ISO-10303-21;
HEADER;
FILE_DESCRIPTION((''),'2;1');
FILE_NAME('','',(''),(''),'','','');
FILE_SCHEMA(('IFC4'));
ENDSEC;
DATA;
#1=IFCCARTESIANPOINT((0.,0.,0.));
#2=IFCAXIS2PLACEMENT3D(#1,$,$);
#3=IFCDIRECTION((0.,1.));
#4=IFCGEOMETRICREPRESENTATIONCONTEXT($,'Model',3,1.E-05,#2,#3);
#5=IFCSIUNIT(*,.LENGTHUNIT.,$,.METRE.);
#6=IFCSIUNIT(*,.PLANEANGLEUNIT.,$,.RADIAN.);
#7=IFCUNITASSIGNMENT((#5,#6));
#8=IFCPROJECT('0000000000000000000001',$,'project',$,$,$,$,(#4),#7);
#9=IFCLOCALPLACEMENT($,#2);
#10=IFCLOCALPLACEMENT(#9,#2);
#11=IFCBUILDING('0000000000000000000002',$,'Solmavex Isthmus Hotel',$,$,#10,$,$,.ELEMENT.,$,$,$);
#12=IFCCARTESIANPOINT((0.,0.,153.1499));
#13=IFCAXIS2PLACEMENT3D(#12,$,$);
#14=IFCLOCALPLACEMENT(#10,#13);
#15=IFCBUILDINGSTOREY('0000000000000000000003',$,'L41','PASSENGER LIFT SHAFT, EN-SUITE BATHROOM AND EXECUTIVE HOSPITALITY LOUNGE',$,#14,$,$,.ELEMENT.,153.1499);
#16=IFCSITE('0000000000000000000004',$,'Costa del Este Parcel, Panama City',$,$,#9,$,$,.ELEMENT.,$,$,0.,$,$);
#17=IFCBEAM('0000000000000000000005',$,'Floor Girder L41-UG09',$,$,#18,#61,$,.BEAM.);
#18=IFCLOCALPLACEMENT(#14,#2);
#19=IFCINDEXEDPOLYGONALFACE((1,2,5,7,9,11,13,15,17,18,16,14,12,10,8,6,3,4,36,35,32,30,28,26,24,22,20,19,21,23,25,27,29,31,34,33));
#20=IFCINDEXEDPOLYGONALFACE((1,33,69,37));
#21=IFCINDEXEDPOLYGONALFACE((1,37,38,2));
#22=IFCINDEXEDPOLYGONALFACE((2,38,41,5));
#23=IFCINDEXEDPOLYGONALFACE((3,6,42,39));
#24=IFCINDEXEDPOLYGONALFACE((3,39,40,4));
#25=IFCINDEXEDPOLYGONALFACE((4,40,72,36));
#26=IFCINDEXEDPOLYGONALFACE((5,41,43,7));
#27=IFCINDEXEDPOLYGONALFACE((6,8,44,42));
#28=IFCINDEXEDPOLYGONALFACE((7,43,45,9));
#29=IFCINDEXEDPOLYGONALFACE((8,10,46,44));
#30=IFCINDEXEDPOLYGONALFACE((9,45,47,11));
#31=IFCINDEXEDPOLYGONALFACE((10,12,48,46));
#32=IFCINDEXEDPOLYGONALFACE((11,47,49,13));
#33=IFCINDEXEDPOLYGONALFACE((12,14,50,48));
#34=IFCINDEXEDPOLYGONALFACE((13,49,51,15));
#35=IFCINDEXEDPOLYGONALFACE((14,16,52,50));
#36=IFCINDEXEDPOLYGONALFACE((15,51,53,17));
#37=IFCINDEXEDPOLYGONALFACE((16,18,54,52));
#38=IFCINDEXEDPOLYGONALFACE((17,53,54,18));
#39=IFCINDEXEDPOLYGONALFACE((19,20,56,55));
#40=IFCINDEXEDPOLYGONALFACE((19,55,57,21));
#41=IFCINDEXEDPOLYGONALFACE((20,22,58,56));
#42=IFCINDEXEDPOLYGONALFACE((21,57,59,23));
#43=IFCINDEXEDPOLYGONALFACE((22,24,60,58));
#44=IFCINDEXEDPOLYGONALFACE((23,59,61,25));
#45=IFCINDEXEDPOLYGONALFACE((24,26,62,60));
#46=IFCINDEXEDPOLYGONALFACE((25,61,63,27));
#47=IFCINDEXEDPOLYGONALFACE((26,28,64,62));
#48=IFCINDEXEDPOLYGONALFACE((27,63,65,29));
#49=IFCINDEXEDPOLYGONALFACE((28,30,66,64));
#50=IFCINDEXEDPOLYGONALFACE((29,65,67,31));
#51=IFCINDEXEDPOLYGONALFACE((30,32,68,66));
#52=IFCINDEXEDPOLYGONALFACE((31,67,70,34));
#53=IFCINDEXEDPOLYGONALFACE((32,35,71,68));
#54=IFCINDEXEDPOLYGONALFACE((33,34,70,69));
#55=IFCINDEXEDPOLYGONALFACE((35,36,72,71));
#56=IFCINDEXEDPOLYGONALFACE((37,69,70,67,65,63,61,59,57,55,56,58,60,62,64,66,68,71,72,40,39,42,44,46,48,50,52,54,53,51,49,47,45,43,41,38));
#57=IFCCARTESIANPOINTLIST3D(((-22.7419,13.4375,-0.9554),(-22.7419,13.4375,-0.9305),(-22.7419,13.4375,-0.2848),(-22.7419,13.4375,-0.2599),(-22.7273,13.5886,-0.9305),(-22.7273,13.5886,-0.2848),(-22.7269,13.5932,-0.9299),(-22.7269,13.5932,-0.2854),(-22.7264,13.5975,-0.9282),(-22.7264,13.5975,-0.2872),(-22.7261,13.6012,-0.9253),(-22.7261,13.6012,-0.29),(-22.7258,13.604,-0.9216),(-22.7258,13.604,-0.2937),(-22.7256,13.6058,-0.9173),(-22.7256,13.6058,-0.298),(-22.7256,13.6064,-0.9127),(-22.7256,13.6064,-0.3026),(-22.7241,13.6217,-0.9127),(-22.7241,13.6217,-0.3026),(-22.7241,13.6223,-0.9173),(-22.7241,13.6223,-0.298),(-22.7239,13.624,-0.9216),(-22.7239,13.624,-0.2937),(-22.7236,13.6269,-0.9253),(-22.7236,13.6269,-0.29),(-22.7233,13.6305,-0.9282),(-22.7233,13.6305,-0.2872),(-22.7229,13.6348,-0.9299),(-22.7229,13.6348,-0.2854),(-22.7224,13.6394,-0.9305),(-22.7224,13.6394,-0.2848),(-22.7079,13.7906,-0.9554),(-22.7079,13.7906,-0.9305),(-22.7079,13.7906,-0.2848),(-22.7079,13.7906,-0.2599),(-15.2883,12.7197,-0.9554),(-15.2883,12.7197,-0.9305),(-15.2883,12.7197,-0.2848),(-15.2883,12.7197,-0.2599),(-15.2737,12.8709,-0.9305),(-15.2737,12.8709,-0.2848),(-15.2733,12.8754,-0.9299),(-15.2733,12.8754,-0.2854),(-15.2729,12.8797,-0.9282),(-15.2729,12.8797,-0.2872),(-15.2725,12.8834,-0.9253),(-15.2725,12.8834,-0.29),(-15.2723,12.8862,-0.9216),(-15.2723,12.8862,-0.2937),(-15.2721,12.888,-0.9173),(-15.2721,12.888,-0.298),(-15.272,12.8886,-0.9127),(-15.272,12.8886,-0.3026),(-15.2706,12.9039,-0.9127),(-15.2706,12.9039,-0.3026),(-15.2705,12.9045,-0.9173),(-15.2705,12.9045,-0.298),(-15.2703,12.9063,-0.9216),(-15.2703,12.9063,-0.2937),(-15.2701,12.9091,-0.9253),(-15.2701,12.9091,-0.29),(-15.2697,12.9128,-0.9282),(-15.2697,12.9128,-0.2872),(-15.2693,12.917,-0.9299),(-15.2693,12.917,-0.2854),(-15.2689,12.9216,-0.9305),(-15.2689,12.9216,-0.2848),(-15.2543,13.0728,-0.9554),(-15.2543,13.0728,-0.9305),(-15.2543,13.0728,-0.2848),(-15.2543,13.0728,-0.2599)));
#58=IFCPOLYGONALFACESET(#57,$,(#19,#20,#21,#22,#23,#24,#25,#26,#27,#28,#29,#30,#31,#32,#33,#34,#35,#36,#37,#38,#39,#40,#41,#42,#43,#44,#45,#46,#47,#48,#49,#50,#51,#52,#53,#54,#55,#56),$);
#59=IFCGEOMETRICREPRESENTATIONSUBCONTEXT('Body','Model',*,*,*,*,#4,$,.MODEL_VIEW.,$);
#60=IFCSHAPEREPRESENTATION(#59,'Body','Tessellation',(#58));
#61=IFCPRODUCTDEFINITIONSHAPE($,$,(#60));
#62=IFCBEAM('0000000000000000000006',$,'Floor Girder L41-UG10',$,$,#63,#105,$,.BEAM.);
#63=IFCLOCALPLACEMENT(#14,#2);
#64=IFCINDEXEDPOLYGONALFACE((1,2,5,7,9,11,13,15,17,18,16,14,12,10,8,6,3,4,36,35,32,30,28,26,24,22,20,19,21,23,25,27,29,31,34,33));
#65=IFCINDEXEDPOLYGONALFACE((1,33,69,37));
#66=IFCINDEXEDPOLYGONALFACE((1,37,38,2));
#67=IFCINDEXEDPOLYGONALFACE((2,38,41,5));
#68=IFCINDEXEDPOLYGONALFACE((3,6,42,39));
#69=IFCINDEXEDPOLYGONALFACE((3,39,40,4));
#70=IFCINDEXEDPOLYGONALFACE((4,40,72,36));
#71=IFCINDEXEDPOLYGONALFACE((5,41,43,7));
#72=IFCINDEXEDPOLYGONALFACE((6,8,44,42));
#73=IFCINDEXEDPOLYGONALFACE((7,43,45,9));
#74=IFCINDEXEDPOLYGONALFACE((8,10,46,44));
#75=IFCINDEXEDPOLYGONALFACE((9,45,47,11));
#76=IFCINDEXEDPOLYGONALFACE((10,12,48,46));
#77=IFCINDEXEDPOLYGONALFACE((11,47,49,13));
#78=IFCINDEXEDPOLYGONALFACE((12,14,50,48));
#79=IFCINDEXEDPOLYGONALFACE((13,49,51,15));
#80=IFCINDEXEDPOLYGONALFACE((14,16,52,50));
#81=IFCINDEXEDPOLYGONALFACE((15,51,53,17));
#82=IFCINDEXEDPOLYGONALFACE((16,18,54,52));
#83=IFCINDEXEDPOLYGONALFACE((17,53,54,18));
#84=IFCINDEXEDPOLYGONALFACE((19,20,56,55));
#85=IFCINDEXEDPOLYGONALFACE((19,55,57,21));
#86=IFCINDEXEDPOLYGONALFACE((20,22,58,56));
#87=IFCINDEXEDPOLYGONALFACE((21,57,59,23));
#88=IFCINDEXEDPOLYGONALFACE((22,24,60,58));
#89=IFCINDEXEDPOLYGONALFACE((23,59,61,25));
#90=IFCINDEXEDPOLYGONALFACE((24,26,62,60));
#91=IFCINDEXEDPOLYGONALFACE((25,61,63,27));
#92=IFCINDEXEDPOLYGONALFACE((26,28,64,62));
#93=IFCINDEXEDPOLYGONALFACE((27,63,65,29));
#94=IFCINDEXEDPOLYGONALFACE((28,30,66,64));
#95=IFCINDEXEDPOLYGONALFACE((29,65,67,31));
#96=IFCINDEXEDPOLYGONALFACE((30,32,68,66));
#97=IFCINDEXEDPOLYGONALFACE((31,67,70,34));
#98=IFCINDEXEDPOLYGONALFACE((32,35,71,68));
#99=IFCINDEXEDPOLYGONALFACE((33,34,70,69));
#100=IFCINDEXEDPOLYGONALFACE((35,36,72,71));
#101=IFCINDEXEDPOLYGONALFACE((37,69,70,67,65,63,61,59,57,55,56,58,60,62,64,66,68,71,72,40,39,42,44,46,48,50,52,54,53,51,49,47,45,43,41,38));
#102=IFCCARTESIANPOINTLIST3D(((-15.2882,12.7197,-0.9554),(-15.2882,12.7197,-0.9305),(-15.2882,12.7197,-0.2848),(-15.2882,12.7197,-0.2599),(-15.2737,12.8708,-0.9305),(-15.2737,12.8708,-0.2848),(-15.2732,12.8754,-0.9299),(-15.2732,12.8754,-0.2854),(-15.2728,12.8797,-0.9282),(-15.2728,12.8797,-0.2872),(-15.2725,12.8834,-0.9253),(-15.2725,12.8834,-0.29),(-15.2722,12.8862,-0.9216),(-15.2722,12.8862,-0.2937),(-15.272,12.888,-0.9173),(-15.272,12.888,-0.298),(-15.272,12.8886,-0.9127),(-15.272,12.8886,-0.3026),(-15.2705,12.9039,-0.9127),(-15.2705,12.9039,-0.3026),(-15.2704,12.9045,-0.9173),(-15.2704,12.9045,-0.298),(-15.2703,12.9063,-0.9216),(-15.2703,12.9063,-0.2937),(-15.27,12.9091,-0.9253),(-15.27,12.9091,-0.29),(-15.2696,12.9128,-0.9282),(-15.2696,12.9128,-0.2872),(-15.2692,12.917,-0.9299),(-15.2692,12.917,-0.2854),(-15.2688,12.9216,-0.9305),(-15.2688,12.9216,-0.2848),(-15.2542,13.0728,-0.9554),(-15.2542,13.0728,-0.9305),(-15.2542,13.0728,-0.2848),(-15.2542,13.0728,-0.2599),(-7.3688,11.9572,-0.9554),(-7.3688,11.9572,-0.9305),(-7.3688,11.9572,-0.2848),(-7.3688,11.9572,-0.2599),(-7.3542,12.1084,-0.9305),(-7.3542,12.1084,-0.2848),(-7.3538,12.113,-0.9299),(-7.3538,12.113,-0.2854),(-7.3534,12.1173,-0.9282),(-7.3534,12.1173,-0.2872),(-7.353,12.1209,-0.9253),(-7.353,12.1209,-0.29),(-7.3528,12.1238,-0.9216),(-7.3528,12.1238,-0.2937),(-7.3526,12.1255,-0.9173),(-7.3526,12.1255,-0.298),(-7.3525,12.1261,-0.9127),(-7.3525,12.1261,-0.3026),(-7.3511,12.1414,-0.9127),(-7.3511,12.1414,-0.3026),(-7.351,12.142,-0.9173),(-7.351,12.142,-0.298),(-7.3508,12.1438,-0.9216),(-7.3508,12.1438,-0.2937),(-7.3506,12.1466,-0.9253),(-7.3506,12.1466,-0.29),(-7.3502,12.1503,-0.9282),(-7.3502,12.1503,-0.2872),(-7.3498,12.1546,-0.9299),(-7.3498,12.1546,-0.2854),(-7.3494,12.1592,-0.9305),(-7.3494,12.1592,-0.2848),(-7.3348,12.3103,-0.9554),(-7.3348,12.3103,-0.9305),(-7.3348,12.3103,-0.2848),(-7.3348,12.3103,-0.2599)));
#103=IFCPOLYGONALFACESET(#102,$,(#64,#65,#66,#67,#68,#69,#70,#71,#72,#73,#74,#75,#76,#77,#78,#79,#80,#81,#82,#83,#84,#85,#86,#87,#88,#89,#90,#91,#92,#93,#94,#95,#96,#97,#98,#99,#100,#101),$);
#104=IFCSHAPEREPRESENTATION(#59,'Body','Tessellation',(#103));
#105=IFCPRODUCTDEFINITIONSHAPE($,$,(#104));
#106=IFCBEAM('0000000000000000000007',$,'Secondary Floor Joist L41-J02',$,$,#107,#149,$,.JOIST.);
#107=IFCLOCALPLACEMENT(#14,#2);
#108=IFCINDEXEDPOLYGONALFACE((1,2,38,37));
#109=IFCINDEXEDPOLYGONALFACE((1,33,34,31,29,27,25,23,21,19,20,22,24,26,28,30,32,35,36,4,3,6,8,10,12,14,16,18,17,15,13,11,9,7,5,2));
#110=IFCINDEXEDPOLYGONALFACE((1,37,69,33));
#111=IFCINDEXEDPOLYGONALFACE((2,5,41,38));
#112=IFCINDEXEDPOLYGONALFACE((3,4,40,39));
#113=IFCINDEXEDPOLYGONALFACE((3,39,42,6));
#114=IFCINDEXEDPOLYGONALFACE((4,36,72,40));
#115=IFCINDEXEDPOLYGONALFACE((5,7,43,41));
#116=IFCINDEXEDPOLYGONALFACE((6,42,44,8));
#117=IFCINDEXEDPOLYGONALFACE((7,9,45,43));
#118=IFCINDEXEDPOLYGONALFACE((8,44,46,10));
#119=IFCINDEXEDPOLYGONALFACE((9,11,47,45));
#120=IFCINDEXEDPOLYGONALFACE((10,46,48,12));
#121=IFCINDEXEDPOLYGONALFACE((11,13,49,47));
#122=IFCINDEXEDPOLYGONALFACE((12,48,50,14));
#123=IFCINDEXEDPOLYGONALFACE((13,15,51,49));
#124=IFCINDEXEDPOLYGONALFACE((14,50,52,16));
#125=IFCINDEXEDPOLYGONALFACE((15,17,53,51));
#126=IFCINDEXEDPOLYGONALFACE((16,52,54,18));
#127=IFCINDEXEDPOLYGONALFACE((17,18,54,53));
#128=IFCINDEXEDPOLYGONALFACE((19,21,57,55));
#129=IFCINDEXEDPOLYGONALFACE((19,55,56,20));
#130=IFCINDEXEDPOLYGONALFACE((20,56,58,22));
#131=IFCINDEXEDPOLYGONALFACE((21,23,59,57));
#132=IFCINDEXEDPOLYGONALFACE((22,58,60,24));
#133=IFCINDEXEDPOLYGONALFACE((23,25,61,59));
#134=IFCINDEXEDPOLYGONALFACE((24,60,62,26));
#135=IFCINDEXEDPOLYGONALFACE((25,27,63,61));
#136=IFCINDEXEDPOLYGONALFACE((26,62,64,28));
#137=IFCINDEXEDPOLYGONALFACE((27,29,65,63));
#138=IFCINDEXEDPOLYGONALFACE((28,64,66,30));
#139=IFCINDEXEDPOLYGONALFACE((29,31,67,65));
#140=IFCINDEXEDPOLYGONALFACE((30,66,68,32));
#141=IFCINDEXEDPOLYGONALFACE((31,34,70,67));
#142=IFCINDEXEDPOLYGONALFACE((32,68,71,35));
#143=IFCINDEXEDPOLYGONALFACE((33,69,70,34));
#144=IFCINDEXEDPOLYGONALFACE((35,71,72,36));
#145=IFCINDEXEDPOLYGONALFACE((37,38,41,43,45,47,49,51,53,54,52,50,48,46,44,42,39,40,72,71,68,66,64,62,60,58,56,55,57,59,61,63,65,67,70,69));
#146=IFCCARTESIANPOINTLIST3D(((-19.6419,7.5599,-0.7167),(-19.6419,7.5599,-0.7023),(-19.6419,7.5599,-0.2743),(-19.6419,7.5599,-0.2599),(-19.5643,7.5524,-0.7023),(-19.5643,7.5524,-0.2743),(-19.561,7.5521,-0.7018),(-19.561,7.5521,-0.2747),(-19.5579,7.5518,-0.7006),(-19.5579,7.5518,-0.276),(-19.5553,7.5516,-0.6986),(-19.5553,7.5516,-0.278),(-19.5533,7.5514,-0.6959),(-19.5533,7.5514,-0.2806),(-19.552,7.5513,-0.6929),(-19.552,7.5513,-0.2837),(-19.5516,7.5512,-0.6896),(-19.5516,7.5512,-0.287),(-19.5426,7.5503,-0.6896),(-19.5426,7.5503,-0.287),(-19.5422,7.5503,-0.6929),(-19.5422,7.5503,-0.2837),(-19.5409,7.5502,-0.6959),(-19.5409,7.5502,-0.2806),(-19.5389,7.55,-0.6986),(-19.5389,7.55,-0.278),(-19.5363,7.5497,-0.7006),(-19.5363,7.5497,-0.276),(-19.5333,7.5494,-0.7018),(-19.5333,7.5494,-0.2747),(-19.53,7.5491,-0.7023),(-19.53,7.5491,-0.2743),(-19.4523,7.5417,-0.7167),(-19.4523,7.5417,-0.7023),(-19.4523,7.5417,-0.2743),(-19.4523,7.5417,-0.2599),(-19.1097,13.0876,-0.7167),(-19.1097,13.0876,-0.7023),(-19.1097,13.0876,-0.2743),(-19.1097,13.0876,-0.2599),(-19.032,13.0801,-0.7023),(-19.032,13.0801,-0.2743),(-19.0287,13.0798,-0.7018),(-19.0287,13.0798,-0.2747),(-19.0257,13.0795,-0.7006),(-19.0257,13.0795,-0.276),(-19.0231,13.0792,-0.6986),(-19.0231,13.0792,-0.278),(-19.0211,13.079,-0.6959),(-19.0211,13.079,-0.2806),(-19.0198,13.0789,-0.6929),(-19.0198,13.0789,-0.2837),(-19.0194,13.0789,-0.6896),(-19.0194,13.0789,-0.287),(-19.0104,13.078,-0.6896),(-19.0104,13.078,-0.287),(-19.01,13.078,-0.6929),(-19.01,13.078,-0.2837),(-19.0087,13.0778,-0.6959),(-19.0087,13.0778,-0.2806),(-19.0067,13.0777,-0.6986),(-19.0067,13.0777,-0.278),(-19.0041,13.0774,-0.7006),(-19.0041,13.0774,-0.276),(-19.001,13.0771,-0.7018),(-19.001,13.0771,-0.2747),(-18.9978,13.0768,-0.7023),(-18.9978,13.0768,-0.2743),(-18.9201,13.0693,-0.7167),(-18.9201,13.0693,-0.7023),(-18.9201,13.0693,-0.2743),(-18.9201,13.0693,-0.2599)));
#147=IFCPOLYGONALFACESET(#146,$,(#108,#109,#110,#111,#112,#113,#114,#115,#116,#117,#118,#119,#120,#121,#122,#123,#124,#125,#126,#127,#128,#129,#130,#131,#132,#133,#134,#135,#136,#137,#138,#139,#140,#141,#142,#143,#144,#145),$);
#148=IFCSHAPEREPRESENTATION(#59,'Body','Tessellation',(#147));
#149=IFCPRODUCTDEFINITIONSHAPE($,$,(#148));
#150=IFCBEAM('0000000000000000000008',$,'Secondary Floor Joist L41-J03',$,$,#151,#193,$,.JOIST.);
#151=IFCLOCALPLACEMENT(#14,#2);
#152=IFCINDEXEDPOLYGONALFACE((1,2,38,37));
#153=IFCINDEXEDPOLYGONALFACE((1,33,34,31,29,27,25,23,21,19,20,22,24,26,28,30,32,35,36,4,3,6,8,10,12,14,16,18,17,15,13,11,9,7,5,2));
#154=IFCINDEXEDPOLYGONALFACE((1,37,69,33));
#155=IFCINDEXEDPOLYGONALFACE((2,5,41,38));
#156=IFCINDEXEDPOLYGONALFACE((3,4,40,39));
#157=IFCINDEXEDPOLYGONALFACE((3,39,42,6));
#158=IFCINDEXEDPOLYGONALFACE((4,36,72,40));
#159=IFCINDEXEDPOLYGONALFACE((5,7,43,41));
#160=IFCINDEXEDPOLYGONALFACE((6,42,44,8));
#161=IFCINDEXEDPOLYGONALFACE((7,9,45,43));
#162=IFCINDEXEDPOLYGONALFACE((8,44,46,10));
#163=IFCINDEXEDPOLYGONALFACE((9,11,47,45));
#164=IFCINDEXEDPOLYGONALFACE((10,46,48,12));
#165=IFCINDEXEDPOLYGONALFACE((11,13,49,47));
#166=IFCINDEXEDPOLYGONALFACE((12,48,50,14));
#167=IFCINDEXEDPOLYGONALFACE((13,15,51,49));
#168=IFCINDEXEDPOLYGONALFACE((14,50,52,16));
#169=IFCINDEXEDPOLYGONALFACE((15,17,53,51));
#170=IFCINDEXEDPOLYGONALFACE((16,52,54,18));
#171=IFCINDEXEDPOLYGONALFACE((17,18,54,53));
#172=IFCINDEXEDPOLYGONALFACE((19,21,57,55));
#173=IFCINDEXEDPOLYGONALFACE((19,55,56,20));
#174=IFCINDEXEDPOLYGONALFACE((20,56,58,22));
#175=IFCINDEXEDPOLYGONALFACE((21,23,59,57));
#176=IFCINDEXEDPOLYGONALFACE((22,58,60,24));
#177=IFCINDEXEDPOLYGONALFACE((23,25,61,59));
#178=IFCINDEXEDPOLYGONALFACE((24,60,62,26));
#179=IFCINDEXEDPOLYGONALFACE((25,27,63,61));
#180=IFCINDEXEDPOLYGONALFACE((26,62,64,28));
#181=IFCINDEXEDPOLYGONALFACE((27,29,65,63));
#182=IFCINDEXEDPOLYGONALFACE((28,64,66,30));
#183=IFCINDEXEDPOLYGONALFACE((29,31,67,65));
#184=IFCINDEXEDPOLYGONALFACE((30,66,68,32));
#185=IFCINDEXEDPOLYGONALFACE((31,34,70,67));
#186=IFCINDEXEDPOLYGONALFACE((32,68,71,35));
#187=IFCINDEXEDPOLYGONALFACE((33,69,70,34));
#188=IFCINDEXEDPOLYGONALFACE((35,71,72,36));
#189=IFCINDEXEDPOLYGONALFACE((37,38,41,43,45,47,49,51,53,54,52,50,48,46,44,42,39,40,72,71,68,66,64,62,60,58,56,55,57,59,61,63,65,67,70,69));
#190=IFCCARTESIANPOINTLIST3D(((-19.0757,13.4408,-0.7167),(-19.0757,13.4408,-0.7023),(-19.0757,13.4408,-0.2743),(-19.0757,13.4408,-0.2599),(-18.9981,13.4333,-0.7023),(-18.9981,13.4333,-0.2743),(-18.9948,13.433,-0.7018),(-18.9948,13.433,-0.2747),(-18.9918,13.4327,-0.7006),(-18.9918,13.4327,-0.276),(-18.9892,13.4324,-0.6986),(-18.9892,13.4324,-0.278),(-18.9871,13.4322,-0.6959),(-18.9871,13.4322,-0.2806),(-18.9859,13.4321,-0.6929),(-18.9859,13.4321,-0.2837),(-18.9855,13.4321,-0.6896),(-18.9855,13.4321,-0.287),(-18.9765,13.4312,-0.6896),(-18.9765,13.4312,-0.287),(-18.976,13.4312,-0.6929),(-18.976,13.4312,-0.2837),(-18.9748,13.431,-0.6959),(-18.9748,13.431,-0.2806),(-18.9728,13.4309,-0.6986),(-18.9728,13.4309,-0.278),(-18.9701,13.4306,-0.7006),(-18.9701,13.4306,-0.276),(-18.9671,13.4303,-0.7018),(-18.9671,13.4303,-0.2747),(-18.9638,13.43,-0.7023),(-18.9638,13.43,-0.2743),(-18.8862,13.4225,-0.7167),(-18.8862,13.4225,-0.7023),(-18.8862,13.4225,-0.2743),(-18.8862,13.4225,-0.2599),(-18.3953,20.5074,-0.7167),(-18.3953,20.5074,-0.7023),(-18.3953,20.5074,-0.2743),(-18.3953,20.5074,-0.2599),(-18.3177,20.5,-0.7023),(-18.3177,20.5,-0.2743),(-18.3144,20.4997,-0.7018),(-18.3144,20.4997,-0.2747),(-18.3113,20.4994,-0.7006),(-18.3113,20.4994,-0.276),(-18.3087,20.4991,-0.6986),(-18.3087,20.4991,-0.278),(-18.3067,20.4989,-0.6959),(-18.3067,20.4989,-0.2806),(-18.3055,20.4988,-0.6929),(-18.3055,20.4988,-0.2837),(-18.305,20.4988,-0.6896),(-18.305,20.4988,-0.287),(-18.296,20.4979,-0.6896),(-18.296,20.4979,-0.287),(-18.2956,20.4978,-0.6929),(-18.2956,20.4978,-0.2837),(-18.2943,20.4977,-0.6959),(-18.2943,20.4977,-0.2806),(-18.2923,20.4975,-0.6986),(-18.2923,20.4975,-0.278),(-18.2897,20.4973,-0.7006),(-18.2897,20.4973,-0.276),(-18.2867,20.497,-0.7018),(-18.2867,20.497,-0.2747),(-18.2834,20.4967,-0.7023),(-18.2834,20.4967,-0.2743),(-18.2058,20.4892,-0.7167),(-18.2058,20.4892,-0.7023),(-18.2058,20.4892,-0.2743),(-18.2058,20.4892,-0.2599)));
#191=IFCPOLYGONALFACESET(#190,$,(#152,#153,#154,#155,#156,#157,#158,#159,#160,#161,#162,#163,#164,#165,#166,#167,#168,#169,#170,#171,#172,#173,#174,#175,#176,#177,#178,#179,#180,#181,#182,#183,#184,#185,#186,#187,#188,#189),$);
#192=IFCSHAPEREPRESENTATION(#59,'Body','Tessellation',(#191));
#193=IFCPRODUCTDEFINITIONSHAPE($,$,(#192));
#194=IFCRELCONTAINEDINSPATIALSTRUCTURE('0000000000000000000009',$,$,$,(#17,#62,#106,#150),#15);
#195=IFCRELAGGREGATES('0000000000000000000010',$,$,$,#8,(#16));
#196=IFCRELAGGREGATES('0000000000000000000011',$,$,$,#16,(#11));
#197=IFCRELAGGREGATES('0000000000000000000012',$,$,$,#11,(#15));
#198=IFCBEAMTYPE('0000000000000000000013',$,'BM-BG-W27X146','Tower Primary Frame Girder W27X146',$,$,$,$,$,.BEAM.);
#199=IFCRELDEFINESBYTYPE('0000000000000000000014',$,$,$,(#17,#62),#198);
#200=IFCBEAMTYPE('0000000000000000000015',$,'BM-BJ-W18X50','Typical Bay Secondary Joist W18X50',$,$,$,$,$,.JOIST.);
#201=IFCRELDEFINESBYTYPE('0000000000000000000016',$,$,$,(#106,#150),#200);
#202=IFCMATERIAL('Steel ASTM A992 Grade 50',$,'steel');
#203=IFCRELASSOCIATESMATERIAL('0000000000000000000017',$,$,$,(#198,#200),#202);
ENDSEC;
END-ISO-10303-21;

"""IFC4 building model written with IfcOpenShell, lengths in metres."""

from ifc_helpers import new_model, si_unit, direction, frame, origin, origin_2d, place, context, subcontext, project, spatial, i_section, extrude, material, material_profile, profile_set, type_object, element, save


model = new_model("IFC4")

# Units and contexts
model_context = context("Model", 3, precision=1e-05, world=origin(), true_north=direction((0.0, 1.0)))
body_context = subcontext(model_context, "Body", "Model", "MODEL_VIEW")
ifc_project = project(units=[si_unit("LENGTHUNIT", "METRE"), si_unit("PLANEANGLEUNIT", "RADIAN")], contexts=[model_context])

# Site, building, storey
site_placement = place(None, origin())
site = spatial("IfcSite", under=ifc_project, at=site_placement, Name="Costa del Este Parcel, Panama City", CompositionType="ELEMENT", RefElevation=0.0)
building_placement = place(site_placement, origin())
building = spatial("IfcBuilding", under=site, at=building_placement, Name="Solmavex Isthmus Hotel", CompositionType="ELEMENT")
storey_placement = place(building_placement, frame((0.0, 0.0, 153.1499)))
storey = spatial("IfcBuildingStorey", under=building, at=storey_placement, Name="L41", Description="PASSENGER LIFT SHAFT, EN-SUITE BATHROOM AND EXECUTIVE HOSPITALITY LOUNGE", CompositionType="ELEMENT", Elevation=153.1499)

# Beams
ifc_material_1 = material(Name="Steel ASTM A992 Grade 50", Category="steel")
ifc_material_profile_1 = material_profile(ifc_material_1, i_section(OverallWidth=0.3547, OverallDepth=0.6956, WebThickness=0.0154, FlangeThickness=0.0249, FilletRadius=0.0178, at=origin_2d()), Name="W27X146")
ifc_profile_set_1 = profile_set([ifc_material_profile_1], Name="Steel ASTM A992 Grade 50")
beam_type_1 = type_object("IfcBeamType", Name="BM-BG-W27X146", Description="Tower Primary Frame Girder W27X146", PredefinedType="BEAM", material=ifc_profile_set_1)
for number, where, z_axis, x_axis, name in (
    (1, (-22.7249, 13.614, -0.6077), (0.995395, -0.095855, 0.0), (0.095855, 0.995395, 0.0), "Floor Girder L41-UG09"),
):
    element("IfcBeam", number, at=place(storey_placement, frame(where, z_axis=z_axis, x_axis=x_axis)), inside=storey, type_object=beam_type_1, Name=name, PredefinedType="BEAM", context=body_context, shape_type="SweptSolid", body=[
        extrude(i_section(OverallWidth=0.3547, OverallDepth=0.6956, WebThickness=0.0154, FlangeThickness=0.0249, FilletRadius=0.0178, at=origin_2d()), origin(), (0.0, 0.0, 1.0), 7.488),
    ])
beam_1_placement = place(storey_placement, frame((-15.2712, 12.8962, -0.6077), z_axis=(0.995397, -0.095833, 0.0), x_axis=(0.095833, 0.995397, 0.0)))
element("IfcBeam", 2, at=beam_1_placement, inside=storey, type_object=beam_type_1, Name="Floor Girder L41-UG10", PredefinedType="BEAM", context=body_context, shape_type="SweptSolid", body=[
    extrude(i_section(OverallWidth=0.3547, OverallDepth=0.6956, WebThickness=0.0154, FlangeThickness=0.0249, FilletRadius=0.0178, at=origin_2d()), origin(), (0.0, 0.0, 1.0), 7.9561),
])
ifc_material_profile_2 = material_profile(ifc_material_1, i_section(OverallWidth=0.1904, OverallDepth=0.4568, WebThickness=0.009, FlangeThickness=0.0144, FilletRadius=0.0127, at=origin_2d()), Name="W18X50")
ifc_profile_set_2 = profile_set([ifc_material_profile_2], Name="Steel ASTM A992 Grade 50")
beam_type_2 = type_object("IfcBeamType", Name="BM-BJ-W18X50", Description="Typical Bay Secondary Joist W18X50", PredefinedType="JOIST", material=ifc_profile_set_2)
beam_2_placement = place(storey_placement, frame((-19.5471, 7.5508, -0.4883), z_axis=(0.095842, 0.995397, 0.0), x_axis=(-0.995397, 0.095842, 0.0)))
element("IfcBeam", 3, at=beam_2_placement, inside=storey, type_object=beam_type_2, Name="Secondary Floor Joist L41-J02", PredefinedType="JOIST", context=body_context, shape_type="SweptSolid", body=[
    extrude(i_section(OverallWidth=0.1904, OverallDepth=0.4568, WebThickness=0.009, FlangeThickness=0.0144, FilletRadius=0.0127, at=origin_2d()), origin(), (0.0, 0.0, 1.0), 5.5532),
])
beam_3_placement = place(storey_placement, frame((-18.981, 13.4316, -0.4883), z_axis=(0.095843, 0.995396, 0.0), x_axis=(-0.995396, 0.095843, 0.0)))
element("IfcBeam", 4, at=beam_3_placement, inside=storey, type_object=beam_type_2, Name="Secondary Floor Joist L41-J03", PredefinedType="JOIST", context=body_context, shape_type="SweptSolid", body=[
    extrude(i_section(OverallWidth=0.1904, OverallDepth=0.4568, WebThickness=0.009, FlangeThickness=0.0144, FilletRadius=0.0127, at=origin_2d()), origin(), (0.0, 0.0, 1.0), 7.0994),
])

save(model, "model.ifc")
